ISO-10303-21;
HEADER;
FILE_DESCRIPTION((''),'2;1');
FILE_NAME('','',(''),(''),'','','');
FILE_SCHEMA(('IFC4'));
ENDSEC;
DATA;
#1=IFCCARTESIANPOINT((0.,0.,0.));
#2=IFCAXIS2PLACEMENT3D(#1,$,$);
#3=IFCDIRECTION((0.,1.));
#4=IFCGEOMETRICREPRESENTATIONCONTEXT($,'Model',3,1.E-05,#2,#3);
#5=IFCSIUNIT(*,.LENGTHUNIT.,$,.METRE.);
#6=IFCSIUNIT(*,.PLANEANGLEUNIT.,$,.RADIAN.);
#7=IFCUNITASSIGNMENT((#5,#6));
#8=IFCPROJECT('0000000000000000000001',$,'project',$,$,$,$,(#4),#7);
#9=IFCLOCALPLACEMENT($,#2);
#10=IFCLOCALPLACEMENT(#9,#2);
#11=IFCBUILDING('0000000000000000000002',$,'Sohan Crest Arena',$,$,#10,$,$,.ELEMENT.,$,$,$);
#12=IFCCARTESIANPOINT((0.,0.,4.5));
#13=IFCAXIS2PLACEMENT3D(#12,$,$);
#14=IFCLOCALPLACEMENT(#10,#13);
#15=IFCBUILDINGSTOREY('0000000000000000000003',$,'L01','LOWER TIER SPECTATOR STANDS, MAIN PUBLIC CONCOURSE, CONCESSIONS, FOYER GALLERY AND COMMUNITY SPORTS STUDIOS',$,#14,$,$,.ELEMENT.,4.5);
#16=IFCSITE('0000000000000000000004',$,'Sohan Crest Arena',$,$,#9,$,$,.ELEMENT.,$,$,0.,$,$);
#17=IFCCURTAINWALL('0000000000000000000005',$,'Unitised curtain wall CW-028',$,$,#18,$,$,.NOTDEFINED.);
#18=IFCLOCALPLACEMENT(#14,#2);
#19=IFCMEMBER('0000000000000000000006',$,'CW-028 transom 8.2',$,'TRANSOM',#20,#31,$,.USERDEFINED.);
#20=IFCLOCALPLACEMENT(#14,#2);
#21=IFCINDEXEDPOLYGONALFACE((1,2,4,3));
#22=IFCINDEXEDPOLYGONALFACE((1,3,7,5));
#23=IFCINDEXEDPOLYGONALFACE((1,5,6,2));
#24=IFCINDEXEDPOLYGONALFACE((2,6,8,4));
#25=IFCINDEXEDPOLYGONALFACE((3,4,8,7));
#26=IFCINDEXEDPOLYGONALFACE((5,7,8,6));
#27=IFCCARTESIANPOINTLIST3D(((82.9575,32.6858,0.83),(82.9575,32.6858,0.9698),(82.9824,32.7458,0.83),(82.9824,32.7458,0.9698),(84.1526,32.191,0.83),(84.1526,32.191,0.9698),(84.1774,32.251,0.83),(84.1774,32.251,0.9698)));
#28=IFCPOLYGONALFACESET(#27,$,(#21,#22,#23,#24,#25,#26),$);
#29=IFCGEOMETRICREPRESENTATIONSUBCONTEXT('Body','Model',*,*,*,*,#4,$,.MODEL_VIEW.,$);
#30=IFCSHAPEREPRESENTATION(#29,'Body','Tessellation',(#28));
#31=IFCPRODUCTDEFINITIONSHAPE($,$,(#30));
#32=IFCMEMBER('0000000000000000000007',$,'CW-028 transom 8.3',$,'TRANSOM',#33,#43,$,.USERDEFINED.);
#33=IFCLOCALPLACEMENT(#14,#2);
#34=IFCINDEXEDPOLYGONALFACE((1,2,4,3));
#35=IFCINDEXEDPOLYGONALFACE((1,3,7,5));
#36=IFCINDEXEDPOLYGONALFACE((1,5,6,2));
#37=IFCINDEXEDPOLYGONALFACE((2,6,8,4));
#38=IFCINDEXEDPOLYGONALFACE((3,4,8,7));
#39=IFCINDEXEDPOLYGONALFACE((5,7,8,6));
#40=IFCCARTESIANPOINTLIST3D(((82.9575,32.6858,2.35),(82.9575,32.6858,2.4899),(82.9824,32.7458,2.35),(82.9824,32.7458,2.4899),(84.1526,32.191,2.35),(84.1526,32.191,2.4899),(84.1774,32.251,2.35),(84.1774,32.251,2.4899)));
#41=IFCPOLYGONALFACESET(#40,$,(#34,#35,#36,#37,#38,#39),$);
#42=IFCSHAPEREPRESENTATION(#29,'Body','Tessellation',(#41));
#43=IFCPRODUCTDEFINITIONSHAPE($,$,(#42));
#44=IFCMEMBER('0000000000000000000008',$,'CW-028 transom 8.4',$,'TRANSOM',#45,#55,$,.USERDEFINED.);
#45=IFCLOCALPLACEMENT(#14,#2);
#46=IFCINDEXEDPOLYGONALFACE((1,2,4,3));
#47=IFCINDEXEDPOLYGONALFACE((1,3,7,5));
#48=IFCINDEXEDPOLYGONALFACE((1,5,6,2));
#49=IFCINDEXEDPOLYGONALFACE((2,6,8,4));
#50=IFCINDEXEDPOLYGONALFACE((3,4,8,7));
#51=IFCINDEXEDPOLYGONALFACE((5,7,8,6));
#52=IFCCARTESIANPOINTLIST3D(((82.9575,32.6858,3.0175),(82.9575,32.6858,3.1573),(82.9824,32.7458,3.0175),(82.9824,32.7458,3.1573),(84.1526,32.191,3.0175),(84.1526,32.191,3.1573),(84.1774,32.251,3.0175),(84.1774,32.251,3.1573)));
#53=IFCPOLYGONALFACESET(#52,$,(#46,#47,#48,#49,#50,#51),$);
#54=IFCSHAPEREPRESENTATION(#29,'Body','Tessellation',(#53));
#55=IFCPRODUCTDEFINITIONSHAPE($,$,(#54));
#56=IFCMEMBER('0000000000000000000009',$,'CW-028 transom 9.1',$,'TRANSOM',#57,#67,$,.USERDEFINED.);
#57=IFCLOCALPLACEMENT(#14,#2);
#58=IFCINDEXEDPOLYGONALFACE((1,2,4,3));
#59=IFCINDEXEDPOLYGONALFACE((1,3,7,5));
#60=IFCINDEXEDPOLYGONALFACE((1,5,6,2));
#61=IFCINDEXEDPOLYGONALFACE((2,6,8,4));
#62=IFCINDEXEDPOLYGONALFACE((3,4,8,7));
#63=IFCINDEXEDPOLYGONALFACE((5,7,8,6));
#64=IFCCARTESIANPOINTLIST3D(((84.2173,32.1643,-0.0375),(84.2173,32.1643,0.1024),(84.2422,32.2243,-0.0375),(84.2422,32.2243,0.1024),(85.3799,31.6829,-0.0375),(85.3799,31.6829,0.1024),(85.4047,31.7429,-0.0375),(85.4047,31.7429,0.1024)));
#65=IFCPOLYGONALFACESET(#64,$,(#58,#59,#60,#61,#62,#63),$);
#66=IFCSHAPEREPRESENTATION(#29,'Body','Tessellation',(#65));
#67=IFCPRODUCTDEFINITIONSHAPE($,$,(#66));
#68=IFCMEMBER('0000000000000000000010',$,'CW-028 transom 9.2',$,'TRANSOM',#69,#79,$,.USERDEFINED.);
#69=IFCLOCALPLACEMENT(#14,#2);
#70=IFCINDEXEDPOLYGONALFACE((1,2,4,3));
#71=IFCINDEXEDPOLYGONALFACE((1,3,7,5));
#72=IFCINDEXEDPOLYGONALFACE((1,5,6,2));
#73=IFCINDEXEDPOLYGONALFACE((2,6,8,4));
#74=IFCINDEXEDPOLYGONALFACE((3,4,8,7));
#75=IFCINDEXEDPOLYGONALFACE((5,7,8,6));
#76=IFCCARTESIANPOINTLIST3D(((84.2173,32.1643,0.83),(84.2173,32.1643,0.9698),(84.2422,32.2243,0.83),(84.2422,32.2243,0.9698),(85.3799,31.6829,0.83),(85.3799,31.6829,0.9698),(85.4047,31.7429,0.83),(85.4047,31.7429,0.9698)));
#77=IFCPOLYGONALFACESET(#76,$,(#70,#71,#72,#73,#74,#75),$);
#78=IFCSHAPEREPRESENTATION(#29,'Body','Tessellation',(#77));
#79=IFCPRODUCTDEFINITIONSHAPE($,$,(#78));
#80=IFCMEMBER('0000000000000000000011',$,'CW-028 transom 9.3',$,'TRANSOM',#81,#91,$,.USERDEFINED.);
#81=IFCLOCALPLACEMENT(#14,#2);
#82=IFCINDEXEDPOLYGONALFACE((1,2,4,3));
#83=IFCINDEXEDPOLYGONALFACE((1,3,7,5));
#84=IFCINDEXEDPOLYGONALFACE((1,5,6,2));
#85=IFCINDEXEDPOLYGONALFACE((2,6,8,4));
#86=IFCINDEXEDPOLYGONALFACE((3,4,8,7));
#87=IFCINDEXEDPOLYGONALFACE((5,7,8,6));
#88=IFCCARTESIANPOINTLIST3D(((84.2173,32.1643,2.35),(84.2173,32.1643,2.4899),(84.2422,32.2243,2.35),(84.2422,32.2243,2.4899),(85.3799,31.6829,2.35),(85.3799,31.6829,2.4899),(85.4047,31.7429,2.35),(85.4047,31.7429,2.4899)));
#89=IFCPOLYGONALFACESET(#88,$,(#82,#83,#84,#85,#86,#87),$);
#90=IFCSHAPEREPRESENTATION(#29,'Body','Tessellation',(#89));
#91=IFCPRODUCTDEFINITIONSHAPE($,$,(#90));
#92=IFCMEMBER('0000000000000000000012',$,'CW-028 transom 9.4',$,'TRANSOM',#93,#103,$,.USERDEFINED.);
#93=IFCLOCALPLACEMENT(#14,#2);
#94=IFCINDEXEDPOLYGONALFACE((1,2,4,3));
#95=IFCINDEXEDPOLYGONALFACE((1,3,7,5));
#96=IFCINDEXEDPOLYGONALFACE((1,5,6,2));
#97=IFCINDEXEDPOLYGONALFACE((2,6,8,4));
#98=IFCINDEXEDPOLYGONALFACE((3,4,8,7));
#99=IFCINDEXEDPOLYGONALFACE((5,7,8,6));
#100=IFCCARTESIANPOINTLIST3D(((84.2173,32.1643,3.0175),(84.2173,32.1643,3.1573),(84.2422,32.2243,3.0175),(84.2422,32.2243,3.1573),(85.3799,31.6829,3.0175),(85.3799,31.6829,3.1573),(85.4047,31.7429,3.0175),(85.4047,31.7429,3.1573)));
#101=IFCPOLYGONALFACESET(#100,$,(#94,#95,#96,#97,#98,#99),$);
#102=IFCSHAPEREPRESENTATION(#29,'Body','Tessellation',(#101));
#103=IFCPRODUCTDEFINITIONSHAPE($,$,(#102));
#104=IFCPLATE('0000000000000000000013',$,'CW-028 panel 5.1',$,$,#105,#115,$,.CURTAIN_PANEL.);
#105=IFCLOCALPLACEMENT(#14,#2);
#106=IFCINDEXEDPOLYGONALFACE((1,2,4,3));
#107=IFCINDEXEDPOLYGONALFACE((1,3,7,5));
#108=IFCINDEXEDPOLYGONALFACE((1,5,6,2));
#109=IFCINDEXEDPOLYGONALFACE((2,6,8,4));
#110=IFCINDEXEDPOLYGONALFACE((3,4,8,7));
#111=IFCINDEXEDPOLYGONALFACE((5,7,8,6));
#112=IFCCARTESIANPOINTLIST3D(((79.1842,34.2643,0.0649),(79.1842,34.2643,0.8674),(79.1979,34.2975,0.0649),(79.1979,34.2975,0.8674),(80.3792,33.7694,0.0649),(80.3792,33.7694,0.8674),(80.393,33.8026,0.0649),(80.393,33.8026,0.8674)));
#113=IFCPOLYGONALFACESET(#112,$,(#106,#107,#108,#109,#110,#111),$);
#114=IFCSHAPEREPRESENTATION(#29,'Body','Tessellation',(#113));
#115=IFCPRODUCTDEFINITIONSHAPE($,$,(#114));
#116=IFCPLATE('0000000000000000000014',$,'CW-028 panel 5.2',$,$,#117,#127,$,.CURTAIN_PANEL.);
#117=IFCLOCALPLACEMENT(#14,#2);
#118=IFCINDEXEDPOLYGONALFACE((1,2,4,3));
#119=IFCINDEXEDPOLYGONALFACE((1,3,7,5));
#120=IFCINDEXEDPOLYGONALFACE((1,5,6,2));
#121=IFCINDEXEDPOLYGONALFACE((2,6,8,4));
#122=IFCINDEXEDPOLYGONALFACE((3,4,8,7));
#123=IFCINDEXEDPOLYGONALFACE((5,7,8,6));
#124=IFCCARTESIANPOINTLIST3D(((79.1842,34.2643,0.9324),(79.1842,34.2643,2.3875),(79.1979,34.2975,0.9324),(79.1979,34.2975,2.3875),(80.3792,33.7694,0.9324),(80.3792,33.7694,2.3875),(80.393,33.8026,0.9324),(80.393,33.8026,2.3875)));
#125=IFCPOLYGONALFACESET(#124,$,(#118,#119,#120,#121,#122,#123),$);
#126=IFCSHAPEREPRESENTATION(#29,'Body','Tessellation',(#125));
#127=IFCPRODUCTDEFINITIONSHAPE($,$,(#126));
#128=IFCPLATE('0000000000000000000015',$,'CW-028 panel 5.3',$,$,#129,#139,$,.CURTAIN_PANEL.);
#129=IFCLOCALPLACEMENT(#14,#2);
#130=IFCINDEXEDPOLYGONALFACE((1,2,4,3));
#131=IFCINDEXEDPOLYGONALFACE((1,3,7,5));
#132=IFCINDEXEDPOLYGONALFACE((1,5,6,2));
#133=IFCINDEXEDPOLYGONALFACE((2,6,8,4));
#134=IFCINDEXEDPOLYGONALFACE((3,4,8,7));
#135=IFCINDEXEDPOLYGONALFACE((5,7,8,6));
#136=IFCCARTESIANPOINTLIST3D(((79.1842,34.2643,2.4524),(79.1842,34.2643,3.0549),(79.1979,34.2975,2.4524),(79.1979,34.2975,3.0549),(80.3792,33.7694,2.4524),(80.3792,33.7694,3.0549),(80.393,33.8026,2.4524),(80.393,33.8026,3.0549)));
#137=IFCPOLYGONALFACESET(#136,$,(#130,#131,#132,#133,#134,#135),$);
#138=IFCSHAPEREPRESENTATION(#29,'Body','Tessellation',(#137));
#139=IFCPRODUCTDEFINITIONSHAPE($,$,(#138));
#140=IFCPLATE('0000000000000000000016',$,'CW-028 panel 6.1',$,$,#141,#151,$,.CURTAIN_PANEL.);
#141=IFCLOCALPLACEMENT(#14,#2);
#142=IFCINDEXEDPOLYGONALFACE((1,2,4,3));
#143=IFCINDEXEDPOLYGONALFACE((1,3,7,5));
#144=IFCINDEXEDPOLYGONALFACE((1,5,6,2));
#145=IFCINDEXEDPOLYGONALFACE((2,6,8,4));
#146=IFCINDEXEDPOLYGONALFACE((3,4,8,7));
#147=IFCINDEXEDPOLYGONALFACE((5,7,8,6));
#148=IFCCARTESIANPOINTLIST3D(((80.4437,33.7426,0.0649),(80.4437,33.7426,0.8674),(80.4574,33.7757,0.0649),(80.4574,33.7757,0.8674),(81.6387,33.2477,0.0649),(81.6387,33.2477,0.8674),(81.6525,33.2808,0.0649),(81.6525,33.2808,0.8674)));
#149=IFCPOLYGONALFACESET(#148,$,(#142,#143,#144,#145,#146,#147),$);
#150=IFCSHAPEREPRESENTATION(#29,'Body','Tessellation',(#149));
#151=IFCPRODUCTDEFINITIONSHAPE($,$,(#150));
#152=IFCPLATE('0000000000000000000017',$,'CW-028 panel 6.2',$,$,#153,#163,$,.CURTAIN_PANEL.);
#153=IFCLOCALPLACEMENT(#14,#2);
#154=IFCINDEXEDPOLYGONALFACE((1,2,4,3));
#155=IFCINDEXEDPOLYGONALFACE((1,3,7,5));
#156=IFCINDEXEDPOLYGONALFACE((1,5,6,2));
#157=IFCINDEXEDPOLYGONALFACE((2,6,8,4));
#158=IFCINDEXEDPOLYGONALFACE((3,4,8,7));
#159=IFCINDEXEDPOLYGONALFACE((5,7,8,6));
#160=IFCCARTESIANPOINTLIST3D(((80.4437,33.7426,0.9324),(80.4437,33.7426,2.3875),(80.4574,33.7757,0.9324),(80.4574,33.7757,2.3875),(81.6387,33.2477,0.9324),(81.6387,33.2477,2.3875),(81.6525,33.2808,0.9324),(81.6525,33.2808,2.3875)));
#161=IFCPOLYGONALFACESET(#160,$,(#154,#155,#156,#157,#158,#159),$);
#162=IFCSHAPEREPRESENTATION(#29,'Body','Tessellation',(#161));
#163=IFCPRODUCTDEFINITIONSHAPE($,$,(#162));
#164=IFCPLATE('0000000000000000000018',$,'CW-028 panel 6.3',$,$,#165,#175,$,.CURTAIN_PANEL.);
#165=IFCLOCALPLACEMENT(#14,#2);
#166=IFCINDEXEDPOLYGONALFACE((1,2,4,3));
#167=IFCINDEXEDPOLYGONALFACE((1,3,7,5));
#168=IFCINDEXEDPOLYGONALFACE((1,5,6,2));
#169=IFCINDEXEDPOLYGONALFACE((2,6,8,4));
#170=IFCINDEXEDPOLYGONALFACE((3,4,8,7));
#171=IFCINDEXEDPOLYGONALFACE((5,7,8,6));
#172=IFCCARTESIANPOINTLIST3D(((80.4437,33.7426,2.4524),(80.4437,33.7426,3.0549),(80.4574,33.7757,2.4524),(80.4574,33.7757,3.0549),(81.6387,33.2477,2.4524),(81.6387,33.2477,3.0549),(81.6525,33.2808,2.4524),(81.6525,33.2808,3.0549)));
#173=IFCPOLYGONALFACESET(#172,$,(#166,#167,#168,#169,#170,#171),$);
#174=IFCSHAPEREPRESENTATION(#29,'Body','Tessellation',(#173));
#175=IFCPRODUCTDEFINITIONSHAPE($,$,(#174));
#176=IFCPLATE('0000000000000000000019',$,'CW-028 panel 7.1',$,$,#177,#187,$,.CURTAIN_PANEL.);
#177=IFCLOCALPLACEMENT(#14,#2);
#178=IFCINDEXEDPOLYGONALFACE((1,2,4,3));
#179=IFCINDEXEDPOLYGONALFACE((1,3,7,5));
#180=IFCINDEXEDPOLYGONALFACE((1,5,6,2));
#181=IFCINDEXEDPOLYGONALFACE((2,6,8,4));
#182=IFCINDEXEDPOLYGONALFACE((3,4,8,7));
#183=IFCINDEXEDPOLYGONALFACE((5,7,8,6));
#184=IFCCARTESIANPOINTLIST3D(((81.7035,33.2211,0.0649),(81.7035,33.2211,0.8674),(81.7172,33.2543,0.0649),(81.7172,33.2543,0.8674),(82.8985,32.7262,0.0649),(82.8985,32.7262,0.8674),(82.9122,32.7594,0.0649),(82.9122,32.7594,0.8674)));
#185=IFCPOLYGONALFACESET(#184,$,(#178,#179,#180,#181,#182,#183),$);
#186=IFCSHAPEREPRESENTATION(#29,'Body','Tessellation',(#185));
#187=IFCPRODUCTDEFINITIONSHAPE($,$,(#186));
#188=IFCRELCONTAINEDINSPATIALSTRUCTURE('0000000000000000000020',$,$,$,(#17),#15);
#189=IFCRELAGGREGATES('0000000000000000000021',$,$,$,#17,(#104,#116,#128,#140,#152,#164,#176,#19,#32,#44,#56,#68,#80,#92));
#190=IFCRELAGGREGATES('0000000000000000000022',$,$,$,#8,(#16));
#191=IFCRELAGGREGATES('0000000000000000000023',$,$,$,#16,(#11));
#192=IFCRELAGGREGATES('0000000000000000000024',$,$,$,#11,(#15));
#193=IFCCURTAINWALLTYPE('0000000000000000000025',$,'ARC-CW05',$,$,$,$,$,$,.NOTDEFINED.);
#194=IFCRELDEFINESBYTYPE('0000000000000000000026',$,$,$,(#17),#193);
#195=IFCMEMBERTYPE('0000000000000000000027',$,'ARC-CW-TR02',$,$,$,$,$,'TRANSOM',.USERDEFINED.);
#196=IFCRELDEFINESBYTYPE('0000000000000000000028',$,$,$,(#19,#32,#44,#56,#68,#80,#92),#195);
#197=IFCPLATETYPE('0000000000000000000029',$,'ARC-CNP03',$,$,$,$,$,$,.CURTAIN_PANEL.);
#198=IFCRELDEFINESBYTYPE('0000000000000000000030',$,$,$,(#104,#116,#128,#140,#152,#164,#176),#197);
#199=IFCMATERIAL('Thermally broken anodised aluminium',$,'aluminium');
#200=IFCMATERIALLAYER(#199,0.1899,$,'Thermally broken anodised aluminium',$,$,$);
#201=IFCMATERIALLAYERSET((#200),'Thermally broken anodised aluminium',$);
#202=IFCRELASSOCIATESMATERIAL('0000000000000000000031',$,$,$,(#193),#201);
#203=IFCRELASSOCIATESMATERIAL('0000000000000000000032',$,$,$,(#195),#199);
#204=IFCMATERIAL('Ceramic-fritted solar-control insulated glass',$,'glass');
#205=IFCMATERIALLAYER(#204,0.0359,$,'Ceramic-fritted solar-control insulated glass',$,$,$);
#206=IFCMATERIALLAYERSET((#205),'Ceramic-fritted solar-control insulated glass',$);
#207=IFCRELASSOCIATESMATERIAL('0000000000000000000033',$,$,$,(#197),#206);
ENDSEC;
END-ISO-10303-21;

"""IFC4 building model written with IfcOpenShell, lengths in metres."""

from ifc_helpers import new_model, si_unit, direction, frame, origin, origin_2d, place, context, subcontext, project, spatial, rectangle, extrude, material, layer, layer_set, material_profile, profile_set, type_object, element, aggregate, save


model = new_model("IFC4")

# Units and contexts
model_context = context("Model", 3, precision=1e-05, world=origin(), true_north=direction((0.0, 1.0)))
body_context = subcontext(model_context, "Body", "Model", "MODEL_VIEW")
ifc_project = project(units=[si_unit("LENGTHUNIT", "METRE"), si_unit("PLANEANGLEUNIT", "RADIAN")], contexts=[model_context])

# Site, building, storey
site_placement = place(None, origin())
site = spatial("IfcSite", under=ifc_project, at=site_placement, Name="Sohan Crest Arena", CompositionType="ELEMENT", RefElevation=0.0)
building_placement = place(site_placement, origin())
building = spatial("IfcBuilding", under=site, at=building_placement, Name="Sohan Crest Arena", CompositionType="ELEMENT")
storey_placement = place(building_placement, frame((0.0, 0.0, 4.5)))
storey = spatial("IfcBuildingStorey", under=building, at=storey_placement, Name="L01", Description="LOWER TIER SPECTATOR STANDS, MAIN PUBLIC CONCOURSE, CONCESSIONS, FOYER GALLERY AND COMMUNITY SPORTS STUDIOS", CompositionType="ELEMENT", Elevation=4.5)

# Curtain wall, members, plates
ifc_material_1 = material(Name="Thermally broken anodised aluminium", Category="aluminium")
ifc_layer_1 = layer(ifc_material_1, 0.1899, Name="Thermally broken anodised aluminium")
ifc_layer_set_1 = layer_set([ifc_layer_1], Name="Thermally broken anodised aluminium")
curtain_wall_type = type_object("IfcCurtainWallType", Name="ARC-CW05", PredefinedType="NOTDEFINED", material=ifc_layer_set_1)
curtain_wall_placement = place(storey_placement, origin())
curtain_wall = element("IfcCurtainWall", 1, at=curtain_wall_placement, inside=storey, type_object=curtain_wall_type, Name="Unitised curtain wall CW-028", PredefinedType="NOTDEFINED")
ifc_material_profile_1 = material_profile(ifc_material_1, rectangle(XDim=0.0649, YDim=0.1399, at=origin_2d()), Name="ALU-TRAN 65x140")
ifc_profile_set_1 = profile_set([ifc_material_profile_1], Name="Thermally broken anodised aluminium")
member_type_1 = type_object("IfcMemberType", Name="ARC-CW-TR02", ElementType="TRANSOM", PredefinedType="USERDEFINED", material=ifc_profile_set_1)
member_1_placement = place(storey_placement, frame((82.97, 32.7158, 0.8999), z_axis=(0.923918, -0.382591, 0.0), x_axis=(0.382591, 0.923918, 0.0)))
member_1 = element("IfcMember", 2, at=member_1_placement, type_object=member_type_1, Name="CW-028 transom 8.2", ObjectType="TRANSOM", PredefinedType="USERDEFINED", context=body_context, shape_type="SweptSolid", body=[
    extrude(rectangle(XDim=0.0649, YDim=0.1399, at=origin_2d()), origin(), (0.0, 0.0, 1.0), 1.2935),
])
member_2_placement = place(storey_placement, frame((82.97, 32.7158, 2.4199), z_axis=(0.923918, -0.382591, 0.0), x_axis=(0.382591, 0.923918, 0.0)))
member_2 = element("IfcMember", 3, at=member_2_placement, type_object=member_type_1, Name="CW-028 transom 8.3", ObjectType="TRANSOM", PredefinedType="USERDEFINED", context=body_context, shape_type="SweptSolid", body=[
    extrude(rectangle(XDim=0.0649, YDim=0.1399, at=origin_2d()), origin(), (0.0, 0.0, 1.0), 1.2935),
])
member_3_placement = place(storey_placement, frame((82.97, 32.7158, 3.0874), z_axis=(0.923918, -0.382591, 0.0), x_axis=(0.382591, 0.923918, 0.0)))
member_3 = element("IfcMember", 4, at=member_3_placement, type_object=member_type_1, Name="CW-028 transom 8.4", ObjectType="TRANSOM", PredefinedType="USERDEFINED", context=body_context, shape_type="SweptSolid", body=[
    extrude(rectangle(XDim=0.0649, YDim=0.1399, at=origin_2d()), origin(), (0.0, 0.0, 1.0), 1.2935),
])
member_4_placement = place(storey_placement, frame((84.2297, 32.1943, 0.0325), z_axis=(0.923913, -0.382603, 0.0), x_axis=(0.382603, 0.923913, 0.0)))
member_4 = element("IfcMember", 5, at=member_4_placement, type_object=member_type_1, Name="CW-028 transom 9.1", ObjectType="TRANSOM", PredefinedType="USERDEFINED", context=body_context, shape_type="SweptSolid", body=[
    extrude(rectangle(XDim=0.0649, YDim=0.1399, at=origin_2d()), origin(), (0.0, 0.0, 1.0), 1.2583),
])
member_5_placement = place(storey_placement, frame((84.2297, 32.1943, 0.8999), z_axis=(0.923913, -0.382603, 0.0), x_axis=(0.382603, 0.923913, 0.0)))
member_5 = element("IfcMember", 6, at=member_5_placement, type_object=member_type_1, Name="CW-028 transom 9.2", ObjectType="TRANSOM", PredefinedType="USERDEFINED", context=body_context, shape_type="SweptSolid", body=[
    extrude(rectangle(XDim=0.0649, YDim=0.1399, at=origin_2d()), origin(), (0.0, 0.0, 1.0), 1.2583),
])
member_6_placement = place(storey_placement, frame((84.2297, 32.1943, 2.4199), z_axis=(0.923913, -0.382603, 0.0), x_axis=(0.382603, 0.923913, 0.0)))
member_6 = element("IfcMember", 7, at=member_6_placement, type_object=member_type_1, Name="CW-028 transom 9.3", ObjectType="TRANSOM", PredefinedType="USERDEFINED", context=body_context, shape_type="SweptSolid", body=[
    extrude(rectangle(XDim=0.0649, YDim=0.1399, at=origin_2d()), origin(), (0.0, 0.0, 1.0), 1.2583),
])
member_7_placement = place(storey_placement, frame((84.2297, 32.1943, 3.0874), z_axis=(0.923913, -0.382603, 0.0), x_axis=(0.382603, 0.923913, 0.0)))
member_7 = element("IfcMember", 8, at=member_7_placement, type_object=member_type_1, Name="CW-028 transom 9.4", ObjectType="TRANSOM", PredefinedType="USERDEFINED", context=body_context, shape_type="SweptSolid", body=[
    extrude(rectangle(XDim=0.0649, YDim=0.1399, at=origin_2d()), origin(), (0.0, 0.0, 1.0), 1.2583),
])
ifc_material_2 = material(Name="Ceramic-fritted solar-control insulated glass", Category="glass")
ifc_layer_2 = layer(ifc_material_2, 0.0359, Name="Ceramic-fritted solar-control insulated glass")
ifc_layer_set_2 = layer_set([ifc_layer_2], Name="Ceramic-fritted solar-control insulated glass")
plate_type = type_object("IfcPlateType", Name="ARC-CNP03", PredefinedType="CURTAIN_PANEL", material=ifc_layer_set_2)
plate_1_placement = place(storey_placement, frame((79.7886, 34.0334, 0.0649), z_axis=(0.0, 0.0, 1.0), x_axis=(0.923907, -0.382618, 0.0)))
plate_1 = element("IfcPlate", 9, at=plate_1_placement, type_object=plate_type, Name="CW-028 panel 5.1", PredefinedType="CURTAIN_PANEL", context=body_context, shape_type="SweptSolid", body=[
    extrude(rectangle(XDim=1.2935, YDim=0.0359, at=origin_2d()), origin(), (0.0, 0.0, 1.0), 0.8025),
])
plate_2_placement = place(storey_placement, frame((79.7886, 34.0334, 0.9324), z_axis=(0.0, 0.0, 1.0), x_axis=(0.923907, -0.382618, 0.0)))
plate_2 = element("IfcPlate", 10, at=plate_2_placement, type_object=plate_type, Name="CW-028 panel 5.2", PredefinedType="CURTAIN_PANEL", context=body_context, shape_type="SweptSolid", body=[
    extrude(rectangle(XDim=1.2935, YDim=0.0359, at=origin_2d()), origin(), (0.0, 0.0, 1.0), 1.4551),
])
plate_3_placement = place(storey_placement, frame((79.7886, 34.0334, 2.4524), z_axis=(0.0, 0.0, 1.0), x_axis=(0.923907, -0.382618, 0.0)))
plate_3 = element("IfcPlate", 11, at=plate_3_placement, type_object=plate_type, Name="CW-028 panel 5.3", PredefinedType="CURTAIN_PANEL", context=body_context, shape_type="SweptSolid", body=[
    extrude(rectangle(XDim=1.2935, YDim=0.0359, at=origin_2d()), origin(), (0.0, 0.0, 1.0), 0.6025),
])
plate_4_placement = place(storey_placement, frame((81.0481, 33.5117, 0.0649), z_axis=(0.0, 0.0, 1.0), x_axis=(0.923907, -0.382618, 0.0)))
plate_4 = element("IfcPlate", 12, at=plate_4_placement, type_object=plate_type, Name="CW-028 panel 6.1", PredefinedType="CURTAIN_PANEL", context=body_context, shape_type="SweptSolid", body=[
    extrude(rectangle(XDim=1.2935, YDim=0.0359, at=origin_2d()), origin(), (0.0, 0.0, 1.0), 0.8025),
])
plate_5_placement = place(storey_placement, frame((81.0481, 33.5117, 0.9324), z_axis=(0.0, 0.0, 1.0), x_axis=(0.923907, -0.382618, 0.0)))
plate_5 = element("IfcPlate", 13, at=plate_5_placement, type_object=plate_type, Name="CW-028 panel 6.2", PredefinedType="CURTAIN_PANEL", context=body_context, shape_type="SweptSolid", body=[
    extrude(rectangle(XDim=1.2935, YDim=0.0359, at=origin_2d()), origin(), (0.0, 0.0, 1.0), 1.4551),
])
plate_6_placement = place(storey_placement, frame((81.0481, 33.5117, 2.4524), z_axis=(0.0, 0.0, 1.0), x_axis=(0.923907, -0.382618, 0.0)))
plate_6 = element("IfcPlate", 14, at=plate_6_placement, type_object=plate_type, Name="CW-028 panel 6.3", PredefinedType="CURTAIN_PANEL", context=body_context, shape_type="SweptSolid", body=[
    extrude(rectangle(XDim=1.2935, YDim=0.0359, at=origin_2d()), origin(), (0.0, 0.0, 1.0), 0.6025),
])
plate_7_placement = place(storey_placement, frame((82.3079, 32.9902, 0.0649), z_axis=(0.0, 0.0, 1.0), x_axis=(0.923907, -0.382618, 0.0)))
plate_7 = element("IfcPlate", 15, at=plate_7_placement, type_object=plate_type, Name="CW-028 panel 7.1", PredefinedType="CURTAIN_PANEL", context=body_context, shape_type="SweptSolid", body=[
    extrude(rectangle(XDim=1.2935, YDim=0.0359, at=origin_2d()), origin(), (0.0, 0.0, 1.0), 0.8025),
])
aggregate(curtain_wall, [plate_1, plate_2, plate_3, plate_4, plate_5, plate_6, plate_7, member_1, member_2, member_3, member_4, member_5, member_6, member_7])

save(model, "model.ifc")
